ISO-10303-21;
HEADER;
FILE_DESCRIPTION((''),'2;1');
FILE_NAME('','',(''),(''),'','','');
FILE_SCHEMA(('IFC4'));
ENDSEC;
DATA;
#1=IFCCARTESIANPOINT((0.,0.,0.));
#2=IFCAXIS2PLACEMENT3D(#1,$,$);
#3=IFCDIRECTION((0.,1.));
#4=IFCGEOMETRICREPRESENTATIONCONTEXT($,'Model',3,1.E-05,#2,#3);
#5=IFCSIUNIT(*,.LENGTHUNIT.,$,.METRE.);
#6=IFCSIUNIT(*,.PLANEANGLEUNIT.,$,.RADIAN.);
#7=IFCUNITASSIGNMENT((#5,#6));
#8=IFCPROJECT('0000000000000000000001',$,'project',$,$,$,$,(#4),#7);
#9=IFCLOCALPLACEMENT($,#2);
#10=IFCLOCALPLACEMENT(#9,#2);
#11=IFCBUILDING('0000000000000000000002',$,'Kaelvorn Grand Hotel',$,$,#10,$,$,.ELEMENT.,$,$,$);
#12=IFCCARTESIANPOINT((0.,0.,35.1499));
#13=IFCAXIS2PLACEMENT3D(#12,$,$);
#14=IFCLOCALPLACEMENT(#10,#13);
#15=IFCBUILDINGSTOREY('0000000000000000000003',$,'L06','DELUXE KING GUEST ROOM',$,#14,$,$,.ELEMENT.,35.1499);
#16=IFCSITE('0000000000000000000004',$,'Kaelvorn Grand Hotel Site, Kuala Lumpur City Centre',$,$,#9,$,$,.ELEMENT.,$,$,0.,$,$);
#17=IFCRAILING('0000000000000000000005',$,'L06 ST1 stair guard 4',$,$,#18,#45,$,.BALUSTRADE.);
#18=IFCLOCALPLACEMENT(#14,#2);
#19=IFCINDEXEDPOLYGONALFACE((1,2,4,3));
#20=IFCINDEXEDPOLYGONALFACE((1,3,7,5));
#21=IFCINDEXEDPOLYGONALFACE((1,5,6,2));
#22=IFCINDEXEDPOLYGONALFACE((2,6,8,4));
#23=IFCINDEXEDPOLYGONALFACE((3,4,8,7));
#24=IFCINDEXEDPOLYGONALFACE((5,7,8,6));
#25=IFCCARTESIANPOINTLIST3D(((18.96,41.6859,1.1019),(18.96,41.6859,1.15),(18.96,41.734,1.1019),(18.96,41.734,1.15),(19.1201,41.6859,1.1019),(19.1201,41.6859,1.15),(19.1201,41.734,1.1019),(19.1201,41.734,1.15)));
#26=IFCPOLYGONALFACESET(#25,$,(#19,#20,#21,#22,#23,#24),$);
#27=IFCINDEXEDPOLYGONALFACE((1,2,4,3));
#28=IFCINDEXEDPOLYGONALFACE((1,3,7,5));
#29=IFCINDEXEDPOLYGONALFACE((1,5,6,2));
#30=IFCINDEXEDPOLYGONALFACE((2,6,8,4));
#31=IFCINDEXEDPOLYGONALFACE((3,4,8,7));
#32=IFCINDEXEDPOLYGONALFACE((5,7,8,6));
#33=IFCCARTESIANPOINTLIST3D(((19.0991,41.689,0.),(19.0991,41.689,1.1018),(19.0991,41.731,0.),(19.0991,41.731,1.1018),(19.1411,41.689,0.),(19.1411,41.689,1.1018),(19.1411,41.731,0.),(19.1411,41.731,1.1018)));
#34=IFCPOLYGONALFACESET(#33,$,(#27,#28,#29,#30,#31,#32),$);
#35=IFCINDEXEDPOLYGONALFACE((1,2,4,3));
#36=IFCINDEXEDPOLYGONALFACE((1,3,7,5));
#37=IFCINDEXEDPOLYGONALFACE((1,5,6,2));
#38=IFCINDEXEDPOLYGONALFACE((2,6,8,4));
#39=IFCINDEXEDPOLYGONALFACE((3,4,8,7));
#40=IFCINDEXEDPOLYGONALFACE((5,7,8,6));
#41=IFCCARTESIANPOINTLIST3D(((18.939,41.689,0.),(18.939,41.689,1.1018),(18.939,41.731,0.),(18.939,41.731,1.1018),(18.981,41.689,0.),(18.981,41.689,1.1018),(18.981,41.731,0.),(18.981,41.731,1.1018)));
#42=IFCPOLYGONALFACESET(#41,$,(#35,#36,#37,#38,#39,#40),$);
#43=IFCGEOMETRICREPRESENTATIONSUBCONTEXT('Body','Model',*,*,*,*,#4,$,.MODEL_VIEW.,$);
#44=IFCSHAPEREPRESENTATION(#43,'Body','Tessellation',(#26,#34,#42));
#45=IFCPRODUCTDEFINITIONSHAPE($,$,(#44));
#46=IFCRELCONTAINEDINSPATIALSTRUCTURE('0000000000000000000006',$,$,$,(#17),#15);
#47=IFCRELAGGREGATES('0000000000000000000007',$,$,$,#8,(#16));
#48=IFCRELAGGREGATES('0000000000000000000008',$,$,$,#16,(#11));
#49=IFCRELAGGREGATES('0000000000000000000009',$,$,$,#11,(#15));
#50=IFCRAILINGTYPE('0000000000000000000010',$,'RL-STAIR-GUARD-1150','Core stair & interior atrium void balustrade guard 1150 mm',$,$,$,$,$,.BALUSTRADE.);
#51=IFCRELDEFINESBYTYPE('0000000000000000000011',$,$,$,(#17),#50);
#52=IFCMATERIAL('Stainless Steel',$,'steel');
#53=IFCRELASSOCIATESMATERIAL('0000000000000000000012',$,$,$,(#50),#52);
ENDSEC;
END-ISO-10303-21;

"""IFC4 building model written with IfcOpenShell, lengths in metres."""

from ifc_helpers import new_model, si_unit, direction, frame, origin, origin_2d, place, context, subcontext, project, spatial, rectangle, extrude, material, type_object, element, save


model = new_model("IFC4")

# Units and contexts
model_context = context("Model", 3, precision=1e-05, world=origin(), true_north=direction((0.0, 1.0)))
body_context = subcontext(model_context, "Body", "Model", "MODEL_VIEW")
ifc_project = project(units=[si_unit("LENGTHUNIT", "METRE"), si_unit("PLANEANGLEUNIT", "RADIAN")], contexts=[model_context])

# Site, building, storey
site_placement = place(None, origin())
site = spatial("IfcSite", under=ifc_project, at=site_placement, Name="Kaelvorn Grand Hotel Site, Kuala Lumpur City Centre", CompositionType="ELEMENT", RefElevation=0.0)
building_placement = place(site_placement, origin())
building = spatial("IfcBuilding", under=site, at=building_placement, Name="Kaelvorn Grand Hotel", CompositionType="ELEMENT")
storey_placement = place(building_placement, frame((0.0, 0.0, 35.1499)))
storey = spatial("IfcBuildingStorey", under=building, at=storey_placement, Name="L06", Description="DELUXE KING GUEST ROOM", CompositionType="ELEMENT", Elevation=35.1499)

# Shared definitions
ifc_material_1 = material(Name="Stainless Steel", Category="steel")

# Railing
railing_type_1 = type_object("IfcRailingType", Name="RL-STAIR-GUARD-1150", Description="Core stair & interior atrium void balustrade guard 1150 mm", PredefinedType="BALUSTRADE", material=ifc_material_1)
railing_1_placement = place(storey_placement, frame((19.1201, 41.71, 0.0)))
element("IfcRailing", 1, at=railing_1_placement, inside=storey, type_object=railing_type_1, Name="L06 ST1 stair guard 4", PredefinedType="BALUSTRADE", context=body_context, shape_type="SweptSolid", body=[
    extrude(rectangle(XDim=0.0481, YDim=0.0481, at=origin_2d()), frame((0.0, 0.0, 1.126), z_axis=(-1.0, 0.0, 0.0), x_axis=(0.0, -1.0, 0.0)), (0.0, 0.0, 1.0), 0.1602),
    extrude(rectangle(XDim=0.042, YDim=0.042, at=origin_2d()), origin(), (0.0, 0.0, 1.0), 1.1018),
    extrude(rectangle(XDim=0.042, YDim=0.042, at=origin_2d()), frame((-0.1602, 0.0, 0.0)), (0.0, 0.0, 1.0), 1.1018),
])

save(model, "model.ifc")
